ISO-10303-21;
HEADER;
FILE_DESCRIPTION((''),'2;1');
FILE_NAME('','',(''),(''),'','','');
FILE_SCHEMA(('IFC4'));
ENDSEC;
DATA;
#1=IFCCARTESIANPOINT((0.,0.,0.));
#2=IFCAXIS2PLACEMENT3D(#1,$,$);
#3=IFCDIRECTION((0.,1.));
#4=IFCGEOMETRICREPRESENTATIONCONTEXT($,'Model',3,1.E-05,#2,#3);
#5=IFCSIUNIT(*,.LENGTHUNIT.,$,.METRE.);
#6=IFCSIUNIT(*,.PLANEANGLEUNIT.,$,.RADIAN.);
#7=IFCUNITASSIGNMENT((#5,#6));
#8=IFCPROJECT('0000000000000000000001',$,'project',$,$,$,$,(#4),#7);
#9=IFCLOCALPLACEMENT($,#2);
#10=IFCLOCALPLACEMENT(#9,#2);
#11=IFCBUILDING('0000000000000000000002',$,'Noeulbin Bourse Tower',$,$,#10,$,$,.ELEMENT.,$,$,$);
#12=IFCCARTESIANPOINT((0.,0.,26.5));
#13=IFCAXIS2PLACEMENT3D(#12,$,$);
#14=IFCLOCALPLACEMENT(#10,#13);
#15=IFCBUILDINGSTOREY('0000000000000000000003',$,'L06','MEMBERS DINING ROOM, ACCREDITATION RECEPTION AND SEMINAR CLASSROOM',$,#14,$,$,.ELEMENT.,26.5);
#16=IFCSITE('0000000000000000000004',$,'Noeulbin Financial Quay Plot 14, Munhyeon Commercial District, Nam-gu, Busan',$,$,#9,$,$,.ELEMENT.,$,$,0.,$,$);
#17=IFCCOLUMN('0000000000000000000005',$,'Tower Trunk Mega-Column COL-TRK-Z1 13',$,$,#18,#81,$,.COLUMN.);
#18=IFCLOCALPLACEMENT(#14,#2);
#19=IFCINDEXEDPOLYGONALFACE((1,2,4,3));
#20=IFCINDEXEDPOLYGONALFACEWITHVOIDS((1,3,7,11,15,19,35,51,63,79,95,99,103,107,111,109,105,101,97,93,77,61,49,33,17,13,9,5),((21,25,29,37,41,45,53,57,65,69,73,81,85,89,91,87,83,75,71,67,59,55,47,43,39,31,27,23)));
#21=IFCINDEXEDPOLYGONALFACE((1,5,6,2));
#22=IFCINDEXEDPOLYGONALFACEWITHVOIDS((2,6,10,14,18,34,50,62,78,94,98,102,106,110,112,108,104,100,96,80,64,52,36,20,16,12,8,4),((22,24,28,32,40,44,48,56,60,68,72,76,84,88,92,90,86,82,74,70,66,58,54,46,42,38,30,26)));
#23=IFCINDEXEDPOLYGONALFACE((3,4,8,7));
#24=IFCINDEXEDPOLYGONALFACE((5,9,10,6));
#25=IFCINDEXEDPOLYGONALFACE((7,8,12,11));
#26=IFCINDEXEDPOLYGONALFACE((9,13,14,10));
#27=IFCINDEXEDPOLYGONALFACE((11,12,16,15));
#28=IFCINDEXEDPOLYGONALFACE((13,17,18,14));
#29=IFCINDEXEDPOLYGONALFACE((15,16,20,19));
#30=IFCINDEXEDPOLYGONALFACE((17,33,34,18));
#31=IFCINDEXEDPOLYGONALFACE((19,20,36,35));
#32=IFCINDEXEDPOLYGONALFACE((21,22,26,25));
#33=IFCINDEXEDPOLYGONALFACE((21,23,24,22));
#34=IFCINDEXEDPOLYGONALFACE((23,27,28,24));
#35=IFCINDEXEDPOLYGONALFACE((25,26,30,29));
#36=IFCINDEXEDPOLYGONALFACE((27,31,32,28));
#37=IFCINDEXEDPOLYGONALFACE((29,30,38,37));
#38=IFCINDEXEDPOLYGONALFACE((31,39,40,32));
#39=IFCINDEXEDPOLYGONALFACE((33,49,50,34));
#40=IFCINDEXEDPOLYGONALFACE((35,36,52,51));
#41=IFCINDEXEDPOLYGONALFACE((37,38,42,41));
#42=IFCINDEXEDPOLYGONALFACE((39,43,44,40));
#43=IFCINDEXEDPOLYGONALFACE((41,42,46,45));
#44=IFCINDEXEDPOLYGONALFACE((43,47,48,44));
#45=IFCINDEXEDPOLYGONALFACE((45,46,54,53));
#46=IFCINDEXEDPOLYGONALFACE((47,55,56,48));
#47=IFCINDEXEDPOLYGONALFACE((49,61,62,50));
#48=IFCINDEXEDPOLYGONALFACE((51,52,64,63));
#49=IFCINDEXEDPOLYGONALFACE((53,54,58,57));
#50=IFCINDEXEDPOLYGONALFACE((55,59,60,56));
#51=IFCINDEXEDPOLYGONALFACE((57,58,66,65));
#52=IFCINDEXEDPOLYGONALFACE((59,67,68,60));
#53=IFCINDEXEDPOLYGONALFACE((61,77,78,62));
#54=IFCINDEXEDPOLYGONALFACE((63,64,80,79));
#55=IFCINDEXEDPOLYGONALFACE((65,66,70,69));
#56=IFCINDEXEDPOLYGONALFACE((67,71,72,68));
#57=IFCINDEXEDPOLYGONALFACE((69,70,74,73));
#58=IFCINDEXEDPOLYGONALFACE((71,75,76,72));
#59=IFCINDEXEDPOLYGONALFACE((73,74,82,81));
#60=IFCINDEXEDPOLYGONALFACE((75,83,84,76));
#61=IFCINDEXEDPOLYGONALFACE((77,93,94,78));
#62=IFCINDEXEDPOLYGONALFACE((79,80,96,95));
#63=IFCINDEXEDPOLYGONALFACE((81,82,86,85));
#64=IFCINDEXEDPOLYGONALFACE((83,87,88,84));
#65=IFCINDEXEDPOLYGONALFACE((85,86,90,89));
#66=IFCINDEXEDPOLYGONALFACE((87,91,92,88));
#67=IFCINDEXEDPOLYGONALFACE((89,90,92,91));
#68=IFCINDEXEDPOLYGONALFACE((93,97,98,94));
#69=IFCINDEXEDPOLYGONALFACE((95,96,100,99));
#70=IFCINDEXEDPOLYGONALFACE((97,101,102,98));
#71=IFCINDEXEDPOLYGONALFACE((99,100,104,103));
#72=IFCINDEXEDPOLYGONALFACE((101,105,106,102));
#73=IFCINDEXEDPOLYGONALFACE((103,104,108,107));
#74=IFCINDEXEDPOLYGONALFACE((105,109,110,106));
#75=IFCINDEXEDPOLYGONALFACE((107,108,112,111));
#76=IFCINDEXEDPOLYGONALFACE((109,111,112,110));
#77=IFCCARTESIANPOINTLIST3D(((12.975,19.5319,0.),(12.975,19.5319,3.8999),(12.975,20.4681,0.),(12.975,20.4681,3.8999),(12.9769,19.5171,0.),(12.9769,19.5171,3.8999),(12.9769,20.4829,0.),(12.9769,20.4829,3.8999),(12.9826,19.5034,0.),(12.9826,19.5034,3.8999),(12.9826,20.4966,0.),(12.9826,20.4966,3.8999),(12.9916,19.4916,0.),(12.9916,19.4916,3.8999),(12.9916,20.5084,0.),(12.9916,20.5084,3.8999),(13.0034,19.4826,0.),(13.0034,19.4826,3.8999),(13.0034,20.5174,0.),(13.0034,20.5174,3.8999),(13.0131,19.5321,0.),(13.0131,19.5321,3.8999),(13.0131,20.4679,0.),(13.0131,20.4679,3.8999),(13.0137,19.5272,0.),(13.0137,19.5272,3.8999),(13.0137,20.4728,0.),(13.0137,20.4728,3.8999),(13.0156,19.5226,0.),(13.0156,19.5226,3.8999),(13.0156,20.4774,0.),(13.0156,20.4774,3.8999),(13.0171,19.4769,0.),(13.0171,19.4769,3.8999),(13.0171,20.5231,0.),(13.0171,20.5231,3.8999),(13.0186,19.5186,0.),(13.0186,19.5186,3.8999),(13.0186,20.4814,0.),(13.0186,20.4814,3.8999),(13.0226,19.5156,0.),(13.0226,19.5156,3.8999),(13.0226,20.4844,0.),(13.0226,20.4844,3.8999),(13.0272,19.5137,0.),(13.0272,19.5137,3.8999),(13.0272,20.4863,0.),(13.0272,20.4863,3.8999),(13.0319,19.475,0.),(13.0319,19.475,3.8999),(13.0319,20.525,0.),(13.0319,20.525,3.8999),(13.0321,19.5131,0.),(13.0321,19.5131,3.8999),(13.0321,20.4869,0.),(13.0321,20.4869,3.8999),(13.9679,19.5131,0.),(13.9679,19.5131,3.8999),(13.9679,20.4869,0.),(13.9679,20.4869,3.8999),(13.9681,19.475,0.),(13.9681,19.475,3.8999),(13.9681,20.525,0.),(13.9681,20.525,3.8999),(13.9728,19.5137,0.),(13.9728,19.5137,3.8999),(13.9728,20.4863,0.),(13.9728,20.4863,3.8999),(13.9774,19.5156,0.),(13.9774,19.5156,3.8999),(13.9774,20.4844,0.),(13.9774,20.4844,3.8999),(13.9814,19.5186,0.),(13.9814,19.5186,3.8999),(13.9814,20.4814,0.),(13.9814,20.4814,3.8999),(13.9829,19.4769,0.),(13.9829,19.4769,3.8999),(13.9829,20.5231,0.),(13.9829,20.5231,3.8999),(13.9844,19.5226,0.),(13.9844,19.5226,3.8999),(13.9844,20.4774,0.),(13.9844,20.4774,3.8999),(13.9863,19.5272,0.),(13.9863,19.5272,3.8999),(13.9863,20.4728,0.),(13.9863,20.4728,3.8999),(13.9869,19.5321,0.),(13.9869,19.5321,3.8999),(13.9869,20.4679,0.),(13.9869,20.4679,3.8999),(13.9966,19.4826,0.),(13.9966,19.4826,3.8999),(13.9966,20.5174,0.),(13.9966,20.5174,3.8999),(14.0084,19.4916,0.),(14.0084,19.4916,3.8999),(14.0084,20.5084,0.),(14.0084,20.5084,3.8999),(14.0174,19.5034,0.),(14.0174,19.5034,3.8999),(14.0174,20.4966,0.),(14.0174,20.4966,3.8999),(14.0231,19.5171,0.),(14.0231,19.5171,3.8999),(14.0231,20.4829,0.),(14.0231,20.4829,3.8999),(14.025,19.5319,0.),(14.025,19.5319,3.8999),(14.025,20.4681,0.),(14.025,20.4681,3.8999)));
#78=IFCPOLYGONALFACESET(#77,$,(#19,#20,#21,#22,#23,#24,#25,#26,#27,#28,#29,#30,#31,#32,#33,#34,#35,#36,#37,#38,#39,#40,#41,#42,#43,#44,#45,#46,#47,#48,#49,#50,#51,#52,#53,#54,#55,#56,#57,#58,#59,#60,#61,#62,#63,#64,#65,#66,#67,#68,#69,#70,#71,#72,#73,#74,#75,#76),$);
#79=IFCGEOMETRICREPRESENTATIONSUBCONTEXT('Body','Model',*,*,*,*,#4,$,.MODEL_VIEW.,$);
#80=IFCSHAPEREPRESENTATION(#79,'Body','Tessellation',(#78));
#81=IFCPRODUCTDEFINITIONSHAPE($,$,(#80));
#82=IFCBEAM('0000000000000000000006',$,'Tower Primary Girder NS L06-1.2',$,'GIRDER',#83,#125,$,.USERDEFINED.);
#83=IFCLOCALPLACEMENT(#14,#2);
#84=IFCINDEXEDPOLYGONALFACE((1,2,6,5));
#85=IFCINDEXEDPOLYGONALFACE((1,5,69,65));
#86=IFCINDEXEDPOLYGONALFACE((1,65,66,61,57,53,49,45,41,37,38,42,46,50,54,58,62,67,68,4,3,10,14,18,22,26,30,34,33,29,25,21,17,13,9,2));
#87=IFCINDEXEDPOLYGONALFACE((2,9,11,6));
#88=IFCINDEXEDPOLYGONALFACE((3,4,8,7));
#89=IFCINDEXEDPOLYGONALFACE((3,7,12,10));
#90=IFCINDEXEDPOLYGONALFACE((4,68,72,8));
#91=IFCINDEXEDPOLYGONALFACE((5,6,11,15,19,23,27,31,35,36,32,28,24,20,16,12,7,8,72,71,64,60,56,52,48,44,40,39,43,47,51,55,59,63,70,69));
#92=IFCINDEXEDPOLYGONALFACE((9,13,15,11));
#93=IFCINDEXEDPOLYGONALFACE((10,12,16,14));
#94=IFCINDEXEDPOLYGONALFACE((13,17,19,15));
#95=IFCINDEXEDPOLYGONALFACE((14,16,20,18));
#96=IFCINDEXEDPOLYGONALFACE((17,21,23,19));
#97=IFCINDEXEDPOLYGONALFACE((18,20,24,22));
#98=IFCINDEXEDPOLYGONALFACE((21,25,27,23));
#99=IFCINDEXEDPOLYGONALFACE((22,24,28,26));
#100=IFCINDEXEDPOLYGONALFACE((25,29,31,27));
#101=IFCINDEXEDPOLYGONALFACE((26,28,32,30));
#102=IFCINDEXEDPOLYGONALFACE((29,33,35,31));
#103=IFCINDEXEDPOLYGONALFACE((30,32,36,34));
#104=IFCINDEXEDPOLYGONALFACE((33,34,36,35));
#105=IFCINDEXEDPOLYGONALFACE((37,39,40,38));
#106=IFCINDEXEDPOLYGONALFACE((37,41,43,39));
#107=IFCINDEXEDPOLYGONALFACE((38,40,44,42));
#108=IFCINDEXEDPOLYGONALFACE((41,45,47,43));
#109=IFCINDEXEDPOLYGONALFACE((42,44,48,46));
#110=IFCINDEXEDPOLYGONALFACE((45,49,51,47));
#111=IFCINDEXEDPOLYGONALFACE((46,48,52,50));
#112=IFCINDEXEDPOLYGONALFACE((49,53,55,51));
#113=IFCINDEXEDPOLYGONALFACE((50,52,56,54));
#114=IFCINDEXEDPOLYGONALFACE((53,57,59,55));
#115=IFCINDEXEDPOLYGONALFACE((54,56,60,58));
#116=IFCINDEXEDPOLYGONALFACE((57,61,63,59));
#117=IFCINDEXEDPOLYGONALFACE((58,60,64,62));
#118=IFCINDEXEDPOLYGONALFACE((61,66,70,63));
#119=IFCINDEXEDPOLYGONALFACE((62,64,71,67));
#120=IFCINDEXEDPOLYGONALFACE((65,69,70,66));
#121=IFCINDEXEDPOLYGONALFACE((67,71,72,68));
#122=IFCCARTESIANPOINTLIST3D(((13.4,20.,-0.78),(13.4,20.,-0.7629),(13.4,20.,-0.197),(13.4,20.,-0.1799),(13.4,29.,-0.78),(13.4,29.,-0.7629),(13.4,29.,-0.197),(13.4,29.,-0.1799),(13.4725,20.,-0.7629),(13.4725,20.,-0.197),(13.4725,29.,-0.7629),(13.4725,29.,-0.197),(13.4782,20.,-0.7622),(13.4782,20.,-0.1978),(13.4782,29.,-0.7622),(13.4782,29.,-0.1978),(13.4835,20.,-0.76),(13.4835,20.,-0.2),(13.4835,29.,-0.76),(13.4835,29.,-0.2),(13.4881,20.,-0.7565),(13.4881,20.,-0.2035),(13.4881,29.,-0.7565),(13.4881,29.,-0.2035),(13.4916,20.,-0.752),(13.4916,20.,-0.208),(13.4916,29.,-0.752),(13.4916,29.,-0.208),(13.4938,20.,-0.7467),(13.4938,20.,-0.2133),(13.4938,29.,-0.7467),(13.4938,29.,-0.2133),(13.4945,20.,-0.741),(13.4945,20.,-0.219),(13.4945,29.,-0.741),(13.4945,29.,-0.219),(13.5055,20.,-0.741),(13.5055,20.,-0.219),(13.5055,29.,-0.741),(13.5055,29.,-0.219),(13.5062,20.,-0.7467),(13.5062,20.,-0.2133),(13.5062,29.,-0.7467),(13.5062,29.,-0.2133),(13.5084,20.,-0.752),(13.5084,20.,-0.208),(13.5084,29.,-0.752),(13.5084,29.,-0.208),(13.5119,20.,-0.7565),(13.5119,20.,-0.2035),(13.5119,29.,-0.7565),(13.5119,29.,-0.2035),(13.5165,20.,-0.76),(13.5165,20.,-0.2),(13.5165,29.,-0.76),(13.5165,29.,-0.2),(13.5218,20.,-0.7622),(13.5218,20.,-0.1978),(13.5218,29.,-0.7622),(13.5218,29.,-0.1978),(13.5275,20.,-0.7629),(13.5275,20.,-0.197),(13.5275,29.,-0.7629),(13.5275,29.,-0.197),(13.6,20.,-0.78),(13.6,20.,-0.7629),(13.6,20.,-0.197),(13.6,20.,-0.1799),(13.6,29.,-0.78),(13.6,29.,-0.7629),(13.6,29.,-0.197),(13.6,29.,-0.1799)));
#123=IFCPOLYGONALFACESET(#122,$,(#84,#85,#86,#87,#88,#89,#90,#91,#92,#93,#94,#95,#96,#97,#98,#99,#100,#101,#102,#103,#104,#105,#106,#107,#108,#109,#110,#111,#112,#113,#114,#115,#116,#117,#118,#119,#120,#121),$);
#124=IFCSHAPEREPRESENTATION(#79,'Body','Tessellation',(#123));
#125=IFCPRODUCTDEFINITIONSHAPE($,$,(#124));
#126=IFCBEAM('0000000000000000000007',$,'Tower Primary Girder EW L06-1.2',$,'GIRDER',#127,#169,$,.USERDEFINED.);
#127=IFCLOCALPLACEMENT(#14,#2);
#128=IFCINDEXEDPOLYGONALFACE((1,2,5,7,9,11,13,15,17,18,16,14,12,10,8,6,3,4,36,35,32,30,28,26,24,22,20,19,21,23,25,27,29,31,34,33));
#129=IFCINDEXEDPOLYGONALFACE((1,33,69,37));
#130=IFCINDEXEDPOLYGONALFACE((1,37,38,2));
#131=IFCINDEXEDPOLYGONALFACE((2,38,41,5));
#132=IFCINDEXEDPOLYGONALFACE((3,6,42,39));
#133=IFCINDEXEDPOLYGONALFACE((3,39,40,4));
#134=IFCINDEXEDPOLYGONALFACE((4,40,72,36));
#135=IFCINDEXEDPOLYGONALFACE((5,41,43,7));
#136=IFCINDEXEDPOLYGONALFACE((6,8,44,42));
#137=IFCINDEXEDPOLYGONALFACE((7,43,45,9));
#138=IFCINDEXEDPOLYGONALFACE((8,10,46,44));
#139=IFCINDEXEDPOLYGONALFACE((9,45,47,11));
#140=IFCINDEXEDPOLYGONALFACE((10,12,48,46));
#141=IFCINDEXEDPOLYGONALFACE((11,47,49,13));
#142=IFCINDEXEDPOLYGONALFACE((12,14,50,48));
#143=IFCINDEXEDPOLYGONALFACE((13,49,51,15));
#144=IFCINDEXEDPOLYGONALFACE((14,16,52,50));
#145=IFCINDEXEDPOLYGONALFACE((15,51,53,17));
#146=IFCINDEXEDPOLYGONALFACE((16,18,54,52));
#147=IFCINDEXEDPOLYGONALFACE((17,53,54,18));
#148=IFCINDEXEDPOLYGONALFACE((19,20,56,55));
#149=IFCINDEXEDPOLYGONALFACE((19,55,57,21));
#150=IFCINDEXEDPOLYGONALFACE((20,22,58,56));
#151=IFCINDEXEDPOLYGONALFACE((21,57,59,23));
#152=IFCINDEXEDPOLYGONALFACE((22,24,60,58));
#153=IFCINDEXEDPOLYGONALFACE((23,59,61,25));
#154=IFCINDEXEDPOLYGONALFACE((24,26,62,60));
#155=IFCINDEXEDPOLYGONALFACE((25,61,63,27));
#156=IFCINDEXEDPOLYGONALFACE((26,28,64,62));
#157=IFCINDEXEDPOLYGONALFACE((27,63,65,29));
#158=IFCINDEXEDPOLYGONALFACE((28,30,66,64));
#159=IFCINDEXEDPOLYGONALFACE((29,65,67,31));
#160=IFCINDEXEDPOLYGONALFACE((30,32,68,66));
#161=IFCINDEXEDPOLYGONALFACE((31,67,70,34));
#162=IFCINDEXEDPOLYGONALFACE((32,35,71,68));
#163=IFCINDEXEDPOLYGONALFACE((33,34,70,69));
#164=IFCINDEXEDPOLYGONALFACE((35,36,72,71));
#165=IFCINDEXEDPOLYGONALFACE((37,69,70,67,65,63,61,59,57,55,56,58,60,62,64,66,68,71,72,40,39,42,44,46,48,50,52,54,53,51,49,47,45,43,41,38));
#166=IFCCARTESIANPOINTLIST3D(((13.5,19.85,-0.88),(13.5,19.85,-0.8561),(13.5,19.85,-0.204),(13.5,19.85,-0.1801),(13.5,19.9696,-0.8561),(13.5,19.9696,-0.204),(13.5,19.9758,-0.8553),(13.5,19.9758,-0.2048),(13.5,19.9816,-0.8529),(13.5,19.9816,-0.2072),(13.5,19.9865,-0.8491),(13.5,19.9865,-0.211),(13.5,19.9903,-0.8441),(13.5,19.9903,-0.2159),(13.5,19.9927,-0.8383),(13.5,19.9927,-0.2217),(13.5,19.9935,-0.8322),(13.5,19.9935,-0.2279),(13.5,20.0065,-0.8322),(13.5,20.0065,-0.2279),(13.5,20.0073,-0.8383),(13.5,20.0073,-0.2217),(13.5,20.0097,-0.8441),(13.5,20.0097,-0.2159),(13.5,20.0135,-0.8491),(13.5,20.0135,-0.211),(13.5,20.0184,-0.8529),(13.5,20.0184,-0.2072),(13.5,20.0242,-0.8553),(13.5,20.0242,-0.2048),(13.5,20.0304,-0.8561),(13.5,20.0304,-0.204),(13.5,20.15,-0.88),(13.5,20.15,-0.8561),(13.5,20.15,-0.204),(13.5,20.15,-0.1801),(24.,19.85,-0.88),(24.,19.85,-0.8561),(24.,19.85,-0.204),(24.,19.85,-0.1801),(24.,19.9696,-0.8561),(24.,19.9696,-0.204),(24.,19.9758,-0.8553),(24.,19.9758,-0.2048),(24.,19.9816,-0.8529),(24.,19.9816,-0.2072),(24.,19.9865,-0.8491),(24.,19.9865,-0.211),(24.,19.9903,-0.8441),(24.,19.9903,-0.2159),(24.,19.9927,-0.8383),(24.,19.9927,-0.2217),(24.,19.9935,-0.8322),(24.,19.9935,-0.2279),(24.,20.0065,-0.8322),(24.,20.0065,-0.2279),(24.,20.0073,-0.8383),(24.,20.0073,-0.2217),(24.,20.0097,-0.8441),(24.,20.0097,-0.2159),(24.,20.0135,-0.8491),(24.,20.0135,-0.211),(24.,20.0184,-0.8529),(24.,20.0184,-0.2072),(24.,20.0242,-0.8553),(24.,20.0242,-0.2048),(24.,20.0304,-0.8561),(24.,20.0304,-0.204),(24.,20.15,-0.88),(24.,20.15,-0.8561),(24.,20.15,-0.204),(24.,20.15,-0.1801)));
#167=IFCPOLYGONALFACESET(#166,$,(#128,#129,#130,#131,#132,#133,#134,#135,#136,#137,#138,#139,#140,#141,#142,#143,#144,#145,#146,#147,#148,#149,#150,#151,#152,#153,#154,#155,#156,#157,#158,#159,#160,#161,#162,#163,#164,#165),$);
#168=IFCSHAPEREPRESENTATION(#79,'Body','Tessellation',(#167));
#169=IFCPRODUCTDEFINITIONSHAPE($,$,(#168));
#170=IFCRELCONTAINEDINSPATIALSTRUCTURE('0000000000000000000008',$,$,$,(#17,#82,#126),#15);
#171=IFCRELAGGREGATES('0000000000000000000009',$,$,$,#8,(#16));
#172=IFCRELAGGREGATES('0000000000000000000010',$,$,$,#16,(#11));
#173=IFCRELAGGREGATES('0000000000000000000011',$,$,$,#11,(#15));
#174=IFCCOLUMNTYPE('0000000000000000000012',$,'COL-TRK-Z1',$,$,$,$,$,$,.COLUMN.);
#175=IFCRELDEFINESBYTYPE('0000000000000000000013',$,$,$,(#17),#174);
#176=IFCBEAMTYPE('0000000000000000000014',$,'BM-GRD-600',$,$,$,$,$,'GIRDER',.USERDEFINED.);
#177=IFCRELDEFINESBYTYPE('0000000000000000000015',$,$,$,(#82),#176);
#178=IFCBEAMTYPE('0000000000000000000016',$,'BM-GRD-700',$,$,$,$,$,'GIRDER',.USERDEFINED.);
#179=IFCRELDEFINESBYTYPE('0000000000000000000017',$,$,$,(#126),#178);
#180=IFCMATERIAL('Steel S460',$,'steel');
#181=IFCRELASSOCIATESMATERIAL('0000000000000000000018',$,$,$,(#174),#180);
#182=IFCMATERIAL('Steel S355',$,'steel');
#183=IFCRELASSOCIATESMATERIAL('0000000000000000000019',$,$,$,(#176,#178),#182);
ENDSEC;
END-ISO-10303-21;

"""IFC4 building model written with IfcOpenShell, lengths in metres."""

from ifc_helpers import new_model, si_unit, direction, frame, origin, origin_2d, place, context, subcontext, project, spatial, hollow_rectangle, i_section, extrude, material, material_profile, profile_set, type_object, element, save


model = new_model("IFC4")

# Units and contexts
model_context = context("Model", 3, precision=1e-05, world=origin(), true_north=direction((0.0, 1.0)))
body_context = subcontext(model_context, "Body", "Model", "MODEL_VIEW")
ifc_project = project(units=[si_unit("LENGTHUNIT", "METRE"), si_unit("PLANEANGLEUNIT", "RADIAN")], contexts=[model_context])

# Site, building, storey
site_placement = place(None, origin())
site = spatial("IfcSite", under=ifc_project, at=site_placement, Name="Noeulbin Financial Quay Plot 14, Munhyeon Commercial District, Nam-gu, Busan", CompositionType="ELEMENT", RefElevation=0.0)
building_placement = place(site_placement, origin())
building = spatial("IfcBuilding", under=site, at=building_placement, Name="Noeulbin Bourse Tower", CompositionType="ELEMENT")
storey_placement = place(building_placement, frame((0.0, 0.0, 26.5)))
storey = spatial("IfcBuildingStorey", under=building, at=storey_placement, Name="L06", Description="MEMBERS DINING ROOM, ACCREDITATION RECEPTION AND SEMINAR CLASSROOM", CompositionType="ELEMENT", Elevation=26.5)

# Column
ifc_material_1 = material(Name="Steel S460", Category="steel")
ifc_material_profile_1 = material_profile(ifc_material_1, hollow_rectangle(XDim=1.05, YDim=1.05, WallThickness=0.0381, InnerFilletRadius=0.019, OuterFilletRadius=0.0569, at=origin_2d()), Name="BOX-1050x1050x38", Category="LoadBearing")
ifc_profile_set_1 = profile_set([ifc_material_profile_1], Name="Steel S460")
column_type = type_object("IfcColumnType", Name="COL-TRK-Z1", PredefinedType="COLUMN", material=ifc_profile_set_1)
column_placement = place(storey_placement, frame((13.5, 20.0, 0.0), z_axis=(0.0, 0.0, 1.0), x_axis=(1.0, 0.0, 0.0)))
element("IfcColumn", 1, at=column_placement, inside=storey, type_object=column_type, Name="Tower Trunk Mega-Column COL-TRK-Z1 13", PredefinedType="COLUMN", context=body_context, shape_type="SweptSolid", body=[
    extrude(hollow_rectangle(XDim=1.05, YDim=1.05, WallThickness=0.0381, InnerFilletRadius=0.019, OuterFilletRadius=0.0569, at=origin_2d()), origin(), (0.0, 0.0, 1.0), 3.8999),
])

# Beams
ifc_material_2 = material(Name="Steel S355", Category="steel")
ifc_material_profile_2 = material_profile(ifc_material_2, i_section(OverallWidth=0.2, OverallDepth=0.6001, WebThickness=0.011, FlangeThickness=0.0171, FilletRadius=0.022, at=origin_2d()), Name="H-600x200x11x17", Category="LoadBearing")
ifc_profile_set_2 = profile_set([ifc_material_profile_2], Name="Steel S355")
beam_type_1 = type_object("IfcBeamType", Name="BM-GRD-600", ElementType="GIRDER", PredefinedType="USERDEFINED", material=ifc_profile_set_2)
beam_1_placement = place(storey_placement, frame((13.5, 20.0, -0.48), z_axis=(0.0, 1.0, 0.0), x_axis=(-1.0, 0.0, 0.0)))
element("IfcBeam", 2, at=beam_1_placement, inside=storey, type_object=beam_type_1, Name="Tower Primary Girder NS L06-1.2", ObjectType="GIRDER", PredefinedType="USERDEFINED", context=body_context, shape_type="SweptSolid", body=[
    extrude(i_section(OverallWidth=0.2, OverallDepth=0.6001, WebThickness=0.011, FlangeThickness=0.0171, FilletRadius=0.022, at=origin_2d()), origin(), (0.0, 0.0, 1.0), 9.0),
])
ifc_material_profile_3 = material_profile(ifc_material_2, i_section(OverallWidth=0.3, OverallDepth=0.7, WebThickness=0.0129, FlangeThickness=0.0239, FilletRadius=0.0239, at=origin_2d()), Name="H-700x300x13x24", Category="LoadBearing")
ifc_profile_set_3 = profile_set([ifc_material_profile_3], Name="Steel S355")
beam_type_2 = type_object("IfcBeamType", Name="BM-GRD-700", ElementType="GIRDER", PredefinedType="USERDEFINED", material=ifc_profile_set_3)
beam_2_placement = place(storey_placement, frame((13.5, 20.0, -0.53), z_axis=(1.0, 0.0, 0.0), x_axis=(0.0, 1.0, 0.0)))
element("IfcBeam", 3, at=beam_2_placement, inside=storey, type_object=beam_type_2, Name="Tower Primary Girder EW L06-1.2", ObjectType="GIRDER", PredefinedType="USERDEFINED", context=body_context, shape_type="SweptSolid", body=[
    extrude(i_section(OverallWidth=0.3, OverallDepth=0.7, WebThickness=0.0129, FlangeThickness=0.0239, FilletRadius=0.0239, at=origin_2d()), origin(), (0.0, 0.0, 1.0), 10.5),
])

save(model, "model.ifc")
